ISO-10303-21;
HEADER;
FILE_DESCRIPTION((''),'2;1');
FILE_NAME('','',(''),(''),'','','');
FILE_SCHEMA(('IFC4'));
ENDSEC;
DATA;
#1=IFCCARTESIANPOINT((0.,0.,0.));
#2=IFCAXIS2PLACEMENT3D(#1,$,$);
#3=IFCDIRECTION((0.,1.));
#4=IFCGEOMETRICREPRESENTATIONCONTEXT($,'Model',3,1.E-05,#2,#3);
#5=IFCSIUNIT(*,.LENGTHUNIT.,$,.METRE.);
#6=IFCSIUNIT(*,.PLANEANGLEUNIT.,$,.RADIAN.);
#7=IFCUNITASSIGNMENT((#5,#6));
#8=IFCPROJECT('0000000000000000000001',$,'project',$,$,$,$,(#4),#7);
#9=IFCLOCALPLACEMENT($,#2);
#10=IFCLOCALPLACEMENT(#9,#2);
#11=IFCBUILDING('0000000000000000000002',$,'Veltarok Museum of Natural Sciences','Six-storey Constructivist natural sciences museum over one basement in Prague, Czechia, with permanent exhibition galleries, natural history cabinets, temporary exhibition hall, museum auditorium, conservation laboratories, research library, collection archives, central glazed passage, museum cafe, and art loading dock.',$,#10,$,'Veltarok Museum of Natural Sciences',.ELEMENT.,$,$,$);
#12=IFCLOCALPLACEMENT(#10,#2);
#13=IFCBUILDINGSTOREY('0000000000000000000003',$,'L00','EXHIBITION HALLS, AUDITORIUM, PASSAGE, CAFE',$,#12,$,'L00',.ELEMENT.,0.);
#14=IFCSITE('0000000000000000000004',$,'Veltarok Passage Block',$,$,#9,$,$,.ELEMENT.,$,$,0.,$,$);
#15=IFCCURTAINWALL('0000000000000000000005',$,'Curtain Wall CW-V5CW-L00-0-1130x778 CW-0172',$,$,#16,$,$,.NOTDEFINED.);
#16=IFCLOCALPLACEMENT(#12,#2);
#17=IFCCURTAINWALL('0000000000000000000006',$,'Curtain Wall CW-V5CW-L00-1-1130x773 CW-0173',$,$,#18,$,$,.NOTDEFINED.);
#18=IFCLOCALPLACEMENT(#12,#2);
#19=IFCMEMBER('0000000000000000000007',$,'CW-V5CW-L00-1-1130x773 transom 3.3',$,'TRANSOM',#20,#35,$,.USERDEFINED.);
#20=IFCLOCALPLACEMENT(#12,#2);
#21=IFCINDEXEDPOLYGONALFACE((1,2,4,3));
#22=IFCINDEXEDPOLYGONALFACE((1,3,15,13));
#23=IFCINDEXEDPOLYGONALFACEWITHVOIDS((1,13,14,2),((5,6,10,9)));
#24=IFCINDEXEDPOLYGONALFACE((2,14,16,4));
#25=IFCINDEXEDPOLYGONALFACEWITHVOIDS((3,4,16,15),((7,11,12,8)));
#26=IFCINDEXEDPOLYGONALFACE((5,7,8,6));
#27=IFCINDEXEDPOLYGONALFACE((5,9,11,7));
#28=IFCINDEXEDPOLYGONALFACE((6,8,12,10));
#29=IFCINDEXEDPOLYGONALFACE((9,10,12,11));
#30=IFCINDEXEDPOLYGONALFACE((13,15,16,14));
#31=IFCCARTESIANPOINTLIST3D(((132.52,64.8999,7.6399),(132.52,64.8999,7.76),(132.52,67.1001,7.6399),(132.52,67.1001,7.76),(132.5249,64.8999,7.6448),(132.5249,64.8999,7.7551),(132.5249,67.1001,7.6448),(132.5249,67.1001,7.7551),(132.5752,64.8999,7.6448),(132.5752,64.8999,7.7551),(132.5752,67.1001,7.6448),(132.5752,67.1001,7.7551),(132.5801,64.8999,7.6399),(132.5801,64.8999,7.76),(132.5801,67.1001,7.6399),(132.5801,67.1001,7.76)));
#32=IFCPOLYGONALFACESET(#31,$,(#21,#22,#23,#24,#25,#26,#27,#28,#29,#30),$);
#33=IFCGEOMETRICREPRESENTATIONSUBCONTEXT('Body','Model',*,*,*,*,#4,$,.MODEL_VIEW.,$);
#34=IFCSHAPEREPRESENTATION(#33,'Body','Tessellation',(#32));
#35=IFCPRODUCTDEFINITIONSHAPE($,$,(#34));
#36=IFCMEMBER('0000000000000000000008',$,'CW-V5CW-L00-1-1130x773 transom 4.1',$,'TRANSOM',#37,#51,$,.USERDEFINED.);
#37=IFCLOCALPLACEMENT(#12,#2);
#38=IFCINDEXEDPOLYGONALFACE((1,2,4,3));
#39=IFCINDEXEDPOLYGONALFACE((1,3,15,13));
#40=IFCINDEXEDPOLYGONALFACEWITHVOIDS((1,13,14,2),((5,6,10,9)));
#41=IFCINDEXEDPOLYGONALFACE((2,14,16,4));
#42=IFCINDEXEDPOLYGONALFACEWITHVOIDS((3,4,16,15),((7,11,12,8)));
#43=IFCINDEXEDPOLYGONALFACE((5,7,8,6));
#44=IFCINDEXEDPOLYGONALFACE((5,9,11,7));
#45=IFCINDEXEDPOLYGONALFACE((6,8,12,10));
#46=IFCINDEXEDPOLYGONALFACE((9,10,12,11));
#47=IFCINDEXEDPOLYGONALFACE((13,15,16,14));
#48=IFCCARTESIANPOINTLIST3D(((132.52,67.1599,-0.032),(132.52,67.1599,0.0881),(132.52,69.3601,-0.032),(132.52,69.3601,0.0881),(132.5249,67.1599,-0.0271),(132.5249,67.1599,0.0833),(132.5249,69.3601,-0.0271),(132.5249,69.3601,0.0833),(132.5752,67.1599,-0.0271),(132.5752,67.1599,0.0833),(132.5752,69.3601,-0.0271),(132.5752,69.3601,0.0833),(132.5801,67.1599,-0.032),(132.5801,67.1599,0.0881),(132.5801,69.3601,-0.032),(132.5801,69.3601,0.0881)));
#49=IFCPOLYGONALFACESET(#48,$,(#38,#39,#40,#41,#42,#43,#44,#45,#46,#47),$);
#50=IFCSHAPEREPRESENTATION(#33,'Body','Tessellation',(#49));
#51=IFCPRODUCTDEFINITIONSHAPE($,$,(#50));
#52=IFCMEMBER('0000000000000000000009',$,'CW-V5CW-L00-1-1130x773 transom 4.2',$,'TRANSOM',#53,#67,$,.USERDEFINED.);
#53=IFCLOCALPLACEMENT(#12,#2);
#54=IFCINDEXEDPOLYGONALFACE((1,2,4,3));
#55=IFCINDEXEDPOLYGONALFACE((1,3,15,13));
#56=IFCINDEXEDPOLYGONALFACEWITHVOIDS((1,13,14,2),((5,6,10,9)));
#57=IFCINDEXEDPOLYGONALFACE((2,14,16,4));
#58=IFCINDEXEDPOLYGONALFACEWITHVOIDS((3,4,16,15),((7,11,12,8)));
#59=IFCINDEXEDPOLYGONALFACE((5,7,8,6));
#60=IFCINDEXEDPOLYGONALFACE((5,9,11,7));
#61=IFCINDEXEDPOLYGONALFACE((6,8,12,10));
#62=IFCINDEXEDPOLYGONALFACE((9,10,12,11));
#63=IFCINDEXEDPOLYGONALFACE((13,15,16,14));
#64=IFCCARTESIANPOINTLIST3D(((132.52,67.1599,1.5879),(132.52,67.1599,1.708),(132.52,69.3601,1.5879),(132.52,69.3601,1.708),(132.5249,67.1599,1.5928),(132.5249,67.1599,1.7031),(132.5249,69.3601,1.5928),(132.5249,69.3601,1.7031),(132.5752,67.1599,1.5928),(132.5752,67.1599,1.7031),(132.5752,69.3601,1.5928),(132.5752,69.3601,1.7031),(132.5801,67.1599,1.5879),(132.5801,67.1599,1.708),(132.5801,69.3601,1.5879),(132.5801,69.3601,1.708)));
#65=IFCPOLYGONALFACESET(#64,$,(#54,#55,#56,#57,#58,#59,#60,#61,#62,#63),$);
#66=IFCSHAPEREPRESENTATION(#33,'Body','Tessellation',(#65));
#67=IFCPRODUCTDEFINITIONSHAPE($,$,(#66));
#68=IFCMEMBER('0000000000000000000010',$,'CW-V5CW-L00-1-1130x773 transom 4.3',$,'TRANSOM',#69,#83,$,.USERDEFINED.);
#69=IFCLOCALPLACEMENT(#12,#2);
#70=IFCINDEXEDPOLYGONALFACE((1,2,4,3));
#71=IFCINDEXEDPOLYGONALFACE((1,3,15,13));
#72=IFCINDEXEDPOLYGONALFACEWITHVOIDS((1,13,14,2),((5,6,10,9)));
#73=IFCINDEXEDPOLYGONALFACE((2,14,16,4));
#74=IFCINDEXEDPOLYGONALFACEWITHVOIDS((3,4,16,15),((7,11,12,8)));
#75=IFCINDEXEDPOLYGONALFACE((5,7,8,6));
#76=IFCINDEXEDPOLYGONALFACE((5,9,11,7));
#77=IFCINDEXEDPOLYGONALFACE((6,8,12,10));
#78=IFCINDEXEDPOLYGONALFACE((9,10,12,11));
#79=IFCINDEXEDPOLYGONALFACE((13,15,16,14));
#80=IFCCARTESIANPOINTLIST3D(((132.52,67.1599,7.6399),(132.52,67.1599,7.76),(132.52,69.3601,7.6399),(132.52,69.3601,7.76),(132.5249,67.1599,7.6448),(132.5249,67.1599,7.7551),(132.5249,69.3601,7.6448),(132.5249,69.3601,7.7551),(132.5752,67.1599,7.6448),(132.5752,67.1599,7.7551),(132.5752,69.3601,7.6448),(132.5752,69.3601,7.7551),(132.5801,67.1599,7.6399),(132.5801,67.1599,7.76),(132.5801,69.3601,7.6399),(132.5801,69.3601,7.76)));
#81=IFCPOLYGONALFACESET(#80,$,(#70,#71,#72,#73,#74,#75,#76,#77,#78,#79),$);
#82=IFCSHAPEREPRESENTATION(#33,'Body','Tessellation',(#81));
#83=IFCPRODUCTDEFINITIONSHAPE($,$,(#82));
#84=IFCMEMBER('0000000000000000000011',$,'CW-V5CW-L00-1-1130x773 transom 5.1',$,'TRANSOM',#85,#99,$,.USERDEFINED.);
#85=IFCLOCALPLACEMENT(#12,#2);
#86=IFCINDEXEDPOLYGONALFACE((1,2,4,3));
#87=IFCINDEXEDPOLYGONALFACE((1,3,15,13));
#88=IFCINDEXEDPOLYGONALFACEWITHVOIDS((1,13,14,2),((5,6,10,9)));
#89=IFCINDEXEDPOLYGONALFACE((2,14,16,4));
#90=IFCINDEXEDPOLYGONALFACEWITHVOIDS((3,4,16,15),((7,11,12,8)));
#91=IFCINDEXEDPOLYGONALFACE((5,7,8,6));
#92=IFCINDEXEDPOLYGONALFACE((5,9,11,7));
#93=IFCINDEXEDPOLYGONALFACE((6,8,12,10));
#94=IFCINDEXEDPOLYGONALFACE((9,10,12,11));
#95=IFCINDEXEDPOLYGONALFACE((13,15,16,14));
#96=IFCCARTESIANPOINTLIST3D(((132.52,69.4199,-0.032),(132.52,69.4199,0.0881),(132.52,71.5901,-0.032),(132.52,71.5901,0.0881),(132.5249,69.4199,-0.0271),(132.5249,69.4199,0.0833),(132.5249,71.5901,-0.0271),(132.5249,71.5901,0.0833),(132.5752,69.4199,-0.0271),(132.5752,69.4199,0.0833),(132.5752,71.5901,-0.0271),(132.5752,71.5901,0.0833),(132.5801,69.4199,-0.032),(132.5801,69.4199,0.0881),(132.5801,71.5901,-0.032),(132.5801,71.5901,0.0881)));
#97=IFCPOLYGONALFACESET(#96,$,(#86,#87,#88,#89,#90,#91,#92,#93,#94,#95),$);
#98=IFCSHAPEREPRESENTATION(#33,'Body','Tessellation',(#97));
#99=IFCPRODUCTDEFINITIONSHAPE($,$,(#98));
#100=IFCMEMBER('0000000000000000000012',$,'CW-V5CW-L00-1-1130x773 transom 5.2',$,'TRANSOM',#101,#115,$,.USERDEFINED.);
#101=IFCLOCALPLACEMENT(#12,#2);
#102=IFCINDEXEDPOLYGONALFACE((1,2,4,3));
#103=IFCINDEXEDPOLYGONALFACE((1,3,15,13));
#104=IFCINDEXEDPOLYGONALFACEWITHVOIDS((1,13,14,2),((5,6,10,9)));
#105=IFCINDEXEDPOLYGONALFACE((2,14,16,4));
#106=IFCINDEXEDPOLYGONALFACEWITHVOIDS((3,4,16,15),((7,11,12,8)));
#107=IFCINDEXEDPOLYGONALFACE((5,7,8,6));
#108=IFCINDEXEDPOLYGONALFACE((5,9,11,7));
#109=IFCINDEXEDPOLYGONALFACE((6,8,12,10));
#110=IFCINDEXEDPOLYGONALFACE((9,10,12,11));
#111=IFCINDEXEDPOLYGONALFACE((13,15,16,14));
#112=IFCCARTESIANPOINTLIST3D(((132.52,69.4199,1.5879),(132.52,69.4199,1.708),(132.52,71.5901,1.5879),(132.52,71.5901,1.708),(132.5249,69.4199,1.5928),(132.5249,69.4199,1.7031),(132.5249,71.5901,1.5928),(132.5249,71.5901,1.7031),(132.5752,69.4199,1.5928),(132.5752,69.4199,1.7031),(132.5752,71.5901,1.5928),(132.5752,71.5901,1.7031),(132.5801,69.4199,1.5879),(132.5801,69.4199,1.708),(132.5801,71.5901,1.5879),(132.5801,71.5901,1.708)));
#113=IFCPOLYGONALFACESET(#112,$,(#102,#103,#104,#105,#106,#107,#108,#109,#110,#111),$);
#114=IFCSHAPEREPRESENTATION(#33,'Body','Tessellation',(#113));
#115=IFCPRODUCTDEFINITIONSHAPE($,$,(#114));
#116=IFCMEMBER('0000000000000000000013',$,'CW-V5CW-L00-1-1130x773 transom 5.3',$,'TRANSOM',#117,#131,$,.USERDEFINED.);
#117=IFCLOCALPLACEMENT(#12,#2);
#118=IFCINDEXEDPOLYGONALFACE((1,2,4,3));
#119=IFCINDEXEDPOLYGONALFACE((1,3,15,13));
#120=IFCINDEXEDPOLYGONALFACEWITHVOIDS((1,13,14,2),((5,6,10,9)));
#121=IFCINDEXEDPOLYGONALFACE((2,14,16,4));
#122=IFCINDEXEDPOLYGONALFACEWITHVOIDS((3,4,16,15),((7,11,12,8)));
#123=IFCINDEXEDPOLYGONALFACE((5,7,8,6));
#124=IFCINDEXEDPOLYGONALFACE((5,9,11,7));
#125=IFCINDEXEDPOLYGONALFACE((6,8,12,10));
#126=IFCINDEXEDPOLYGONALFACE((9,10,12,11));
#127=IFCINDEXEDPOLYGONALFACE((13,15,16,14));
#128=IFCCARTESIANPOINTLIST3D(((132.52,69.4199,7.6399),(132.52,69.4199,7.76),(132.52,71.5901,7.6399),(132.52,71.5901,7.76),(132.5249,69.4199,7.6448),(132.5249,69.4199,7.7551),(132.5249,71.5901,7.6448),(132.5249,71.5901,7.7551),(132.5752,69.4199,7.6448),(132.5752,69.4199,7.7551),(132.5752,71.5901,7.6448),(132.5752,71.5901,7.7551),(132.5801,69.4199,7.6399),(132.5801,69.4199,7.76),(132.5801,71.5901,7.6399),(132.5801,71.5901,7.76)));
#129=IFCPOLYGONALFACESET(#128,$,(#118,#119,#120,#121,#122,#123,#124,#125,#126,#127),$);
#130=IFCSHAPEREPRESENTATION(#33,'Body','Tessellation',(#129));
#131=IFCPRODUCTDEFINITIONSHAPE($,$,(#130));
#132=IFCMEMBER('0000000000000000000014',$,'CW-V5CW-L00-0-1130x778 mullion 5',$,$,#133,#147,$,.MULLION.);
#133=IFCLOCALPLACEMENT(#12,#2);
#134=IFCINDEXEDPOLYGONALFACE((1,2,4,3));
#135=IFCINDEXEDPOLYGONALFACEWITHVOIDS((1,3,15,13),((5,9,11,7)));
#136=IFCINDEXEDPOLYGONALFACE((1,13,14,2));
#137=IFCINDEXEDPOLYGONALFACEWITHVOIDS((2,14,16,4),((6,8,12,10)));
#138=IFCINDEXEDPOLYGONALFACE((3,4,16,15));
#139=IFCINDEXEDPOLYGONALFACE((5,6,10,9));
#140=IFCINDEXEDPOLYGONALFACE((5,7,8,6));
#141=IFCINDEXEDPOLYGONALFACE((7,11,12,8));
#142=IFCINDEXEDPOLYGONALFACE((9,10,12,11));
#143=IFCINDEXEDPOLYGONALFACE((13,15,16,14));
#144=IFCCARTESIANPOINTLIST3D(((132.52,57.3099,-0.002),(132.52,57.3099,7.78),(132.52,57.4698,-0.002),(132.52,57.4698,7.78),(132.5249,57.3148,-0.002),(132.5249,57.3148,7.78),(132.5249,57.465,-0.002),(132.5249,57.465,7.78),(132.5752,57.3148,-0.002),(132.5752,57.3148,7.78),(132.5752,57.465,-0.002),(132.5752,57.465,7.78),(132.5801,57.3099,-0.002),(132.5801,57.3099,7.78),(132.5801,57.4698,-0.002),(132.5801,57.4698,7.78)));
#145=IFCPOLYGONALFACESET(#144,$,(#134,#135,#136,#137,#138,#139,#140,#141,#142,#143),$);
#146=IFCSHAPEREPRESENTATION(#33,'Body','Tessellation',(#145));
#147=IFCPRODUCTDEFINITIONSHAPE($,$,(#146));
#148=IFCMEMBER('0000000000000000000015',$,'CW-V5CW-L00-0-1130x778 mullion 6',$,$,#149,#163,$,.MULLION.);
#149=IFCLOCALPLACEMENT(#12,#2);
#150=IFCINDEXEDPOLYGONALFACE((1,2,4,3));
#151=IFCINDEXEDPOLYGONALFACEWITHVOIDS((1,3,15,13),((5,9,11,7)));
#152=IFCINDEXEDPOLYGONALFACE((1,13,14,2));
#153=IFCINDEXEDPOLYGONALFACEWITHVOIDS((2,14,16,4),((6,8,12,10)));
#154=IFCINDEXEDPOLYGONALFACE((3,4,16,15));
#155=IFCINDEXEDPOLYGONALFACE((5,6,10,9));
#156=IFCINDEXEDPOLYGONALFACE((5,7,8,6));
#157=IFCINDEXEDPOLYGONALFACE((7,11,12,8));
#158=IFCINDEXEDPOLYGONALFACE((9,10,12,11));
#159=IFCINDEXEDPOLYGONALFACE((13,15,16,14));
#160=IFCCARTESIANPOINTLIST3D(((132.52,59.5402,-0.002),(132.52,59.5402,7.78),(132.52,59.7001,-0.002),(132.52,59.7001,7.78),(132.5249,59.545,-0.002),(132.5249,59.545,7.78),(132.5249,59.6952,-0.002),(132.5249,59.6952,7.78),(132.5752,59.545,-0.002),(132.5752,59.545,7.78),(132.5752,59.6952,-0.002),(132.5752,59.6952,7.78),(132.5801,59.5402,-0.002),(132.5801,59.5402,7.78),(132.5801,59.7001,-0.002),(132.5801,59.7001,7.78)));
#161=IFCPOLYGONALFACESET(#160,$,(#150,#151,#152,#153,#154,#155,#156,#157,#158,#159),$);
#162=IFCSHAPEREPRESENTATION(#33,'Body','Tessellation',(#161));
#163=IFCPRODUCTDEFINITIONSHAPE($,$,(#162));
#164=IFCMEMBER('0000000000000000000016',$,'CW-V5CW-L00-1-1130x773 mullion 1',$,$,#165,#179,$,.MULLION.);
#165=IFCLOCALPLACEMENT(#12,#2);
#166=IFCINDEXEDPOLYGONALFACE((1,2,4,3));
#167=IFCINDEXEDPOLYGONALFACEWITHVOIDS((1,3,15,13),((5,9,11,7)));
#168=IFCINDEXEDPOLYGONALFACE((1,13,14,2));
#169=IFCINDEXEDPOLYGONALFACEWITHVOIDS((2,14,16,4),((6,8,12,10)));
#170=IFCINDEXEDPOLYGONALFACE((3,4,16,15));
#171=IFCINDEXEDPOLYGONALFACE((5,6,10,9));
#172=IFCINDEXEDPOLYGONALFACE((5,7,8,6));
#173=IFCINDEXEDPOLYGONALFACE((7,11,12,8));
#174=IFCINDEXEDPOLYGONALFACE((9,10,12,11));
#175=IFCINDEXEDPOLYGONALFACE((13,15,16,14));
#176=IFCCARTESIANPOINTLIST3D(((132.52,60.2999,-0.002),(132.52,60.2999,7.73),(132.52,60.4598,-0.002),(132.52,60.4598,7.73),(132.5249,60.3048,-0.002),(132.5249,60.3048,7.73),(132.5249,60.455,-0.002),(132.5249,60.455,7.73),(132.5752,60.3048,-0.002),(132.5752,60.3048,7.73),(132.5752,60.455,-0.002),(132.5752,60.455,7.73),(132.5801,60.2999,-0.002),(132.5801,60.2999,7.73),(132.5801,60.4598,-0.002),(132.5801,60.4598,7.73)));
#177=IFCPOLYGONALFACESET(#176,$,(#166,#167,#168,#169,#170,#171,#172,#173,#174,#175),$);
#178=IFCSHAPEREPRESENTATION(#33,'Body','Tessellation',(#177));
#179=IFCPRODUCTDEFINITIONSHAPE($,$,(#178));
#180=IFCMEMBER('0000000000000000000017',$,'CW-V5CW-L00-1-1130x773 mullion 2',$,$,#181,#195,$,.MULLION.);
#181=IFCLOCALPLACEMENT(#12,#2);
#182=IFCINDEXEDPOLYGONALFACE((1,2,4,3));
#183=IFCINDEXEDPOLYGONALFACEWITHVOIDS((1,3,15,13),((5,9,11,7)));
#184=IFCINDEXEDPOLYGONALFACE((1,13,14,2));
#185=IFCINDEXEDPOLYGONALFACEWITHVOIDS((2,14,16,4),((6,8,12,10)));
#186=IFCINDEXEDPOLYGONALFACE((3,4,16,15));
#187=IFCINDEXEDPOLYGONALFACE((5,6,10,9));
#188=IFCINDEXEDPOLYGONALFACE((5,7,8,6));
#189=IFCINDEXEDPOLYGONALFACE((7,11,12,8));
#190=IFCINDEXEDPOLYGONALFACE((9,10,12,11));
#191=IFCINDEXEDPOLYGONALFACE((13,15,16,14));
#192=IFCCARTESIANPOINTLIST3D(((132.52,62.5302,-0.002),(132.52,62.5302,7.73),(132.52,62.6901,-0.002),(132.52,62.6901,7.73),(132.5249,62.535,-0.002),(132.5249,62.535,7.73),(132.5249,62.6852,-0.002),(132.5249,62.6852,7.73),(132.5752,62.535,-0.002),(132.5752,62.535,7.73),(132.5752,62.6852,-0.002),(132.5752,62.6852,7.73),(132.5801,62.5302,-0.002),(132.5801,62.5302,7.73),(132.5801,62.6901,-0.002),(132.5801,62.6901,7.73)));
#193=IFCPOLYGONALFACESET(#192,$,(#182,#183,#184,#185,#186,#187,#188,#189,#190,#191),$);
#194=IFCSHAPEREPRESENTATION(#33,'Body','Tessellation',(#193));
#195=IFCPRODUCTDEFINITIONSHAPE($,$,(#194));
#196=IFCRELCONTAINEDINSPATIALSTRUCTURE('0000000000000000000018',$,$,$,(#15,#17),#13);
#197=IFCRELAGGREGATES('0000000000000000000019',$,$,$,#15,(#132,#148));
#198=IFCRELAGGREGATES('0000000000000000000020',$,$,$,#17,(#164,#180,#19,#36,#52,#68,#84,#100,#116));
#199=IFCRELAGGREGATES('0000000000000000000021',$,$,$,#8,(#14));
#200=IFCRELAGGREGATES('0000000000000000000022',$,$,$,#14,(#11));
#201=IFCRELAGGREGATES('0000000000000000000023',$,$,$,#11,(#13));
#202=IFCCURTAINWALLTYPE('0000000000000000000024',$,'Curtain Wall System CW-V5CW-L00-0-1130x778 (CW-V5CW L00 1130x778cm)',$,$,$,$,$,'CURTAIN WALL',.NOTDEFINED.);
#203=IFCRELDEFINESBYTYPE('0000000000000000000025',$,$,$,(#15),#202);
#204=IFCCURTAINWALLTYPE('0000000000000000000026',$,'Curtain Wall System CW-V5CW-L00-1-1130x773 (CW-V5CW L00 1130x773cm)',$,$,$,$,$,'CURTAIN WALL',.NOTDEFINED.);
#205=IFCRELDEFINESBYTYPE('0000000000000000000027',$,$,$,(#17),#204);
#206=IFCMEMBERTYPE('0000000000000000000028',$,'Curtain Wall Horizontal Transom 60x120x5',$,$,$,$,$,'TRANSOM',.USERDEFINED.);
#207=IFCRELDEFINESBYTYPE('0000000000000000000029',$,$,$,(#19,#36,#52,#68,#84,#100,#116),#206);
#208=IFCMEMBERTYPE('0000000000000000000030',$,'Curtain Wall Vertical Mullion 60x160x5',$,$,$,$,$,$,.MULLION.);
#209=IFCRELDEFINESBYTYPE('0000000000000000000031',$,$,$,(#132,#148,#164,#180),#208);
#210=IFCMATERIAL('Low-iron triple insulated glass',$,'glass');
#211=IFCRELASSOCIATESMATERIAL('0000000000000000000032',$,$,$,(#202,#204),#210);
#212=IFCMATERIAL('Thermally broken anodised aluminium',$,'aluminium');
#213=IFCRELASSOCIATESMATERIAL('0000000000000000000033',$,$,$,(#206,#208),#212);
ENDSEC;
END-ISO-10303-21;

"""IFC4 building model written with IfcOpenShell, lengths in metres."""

from ifc_helpers import new_model, si_unit, direction, frame, origin, origin_2d, place, context, subcontext, project, spatial, hollow_rectangle, extrude, material, material_profile, profile_set, type_object, element, aggregate, save


model = new_model("IFC4")

# Units and contexts
model_context = context("Model", 3, precision=1e-05, world=origin(), true_north=direction((0.0, 1.0)))
body_context = subcontext(model_context, "Body", "Model", "MODEL_VIEW")
ifc_project = project(units=[si_unit("LENGTHUNIT", "METRE"), si_unit("PLANEANGLEUNIT", "RADIAN")], contexts=[model_context])

# Site, building, storey
site_placement = place(None, origin())
site = spatial("IfcSite", under=ifc_project, at=site_placement, Name="Veltarok Passage Block", CompositionType="ELEMENT", RefElevation=0.0)
building_placement = place(site_placement, origin())
building = spatial("IfcBuilding", under=site, at=building_placement, Name="Veltarok Museum of Natural Sciences", Description="Six-storey Constructivist natural sciences museum over one basement in Prague, Czechia, with permanent exhibition galleries, natural history cabinets, temporary exhibition hall, museum auditorium, conservation laboratories, research library, collection archives, central glazed passage, museum cafe, and art loading dock.", LongName="Veltarok Museum of Natural Sciences", CompositionType="ELEMENT")
storey_placement = place(building_placement, origin())
storey = spatial("IfcBuildingStorey", under=building, at=storey_placement, Name="L00", Description="EXHIBITION HALLS, AUDITORIUM, PASSAGE, CAFE", LongName="L00", CompositionType="ELEMENT", Elevation=0.0)

# Curtain walls, members
ifc_material_1 = material(Name="Low-iron triple insulated glass", Category="glass")
curtain_wall_type_1 = type_object("IfcCurtainWallType", Name="Curtain Wall System CW-V5CW-L00-0-1130x778 (CW-V5CW L00 1130x778cm)", ElementType="CURTAIN WALL", PredefinedType="NOTDEFINED", material=ifc_material_1)
curtain_wall_1_placement = place(storey_placement, origin())
curtain_wall_1 = element("IfcCurtainWall", 1, at=curtain_wall_1_placement, inside=storey, type_object=curtain_wall_type_1, Name="Curtain Wall CW-V5CW-L00-0-1130x778 CW-0172", PredefinedType="NOTDEFINED")
ifc_material_2 = material(Name="Thermally broken anodised aluminium", Category="aluminium")
ifc_material_profile_1 = material_profile(ifc_material_2, hollow_rectangle(XDim=0.0601, YDim=0.1201, WallThickness=0.0049, at=origin_2d()), Name="CW TRANSOM 60x120x5")
ifc_profile_set_1 = profile_set([ifc_material_profile_1], Name="Thermally broken anodised aluminium")
member_type_1 = type_object("IfcMemberType", Name="Curtain Wall Horizontal Transom 60x120x5", ElementType="TRANSOM", PredefinedType="USERDEFINED", material=ifc_profile_set_1)
curtain_wall_type_2 = type_object("IfcCurtainWallType", Name="Curtain Wall System CW-V5CW-L00-1-1130x773 (CW-V5CW L00 1130x773cm)", ElementType="CURTAIN WALL", PredefinedType="NOTDEFINED", material=ifc_material_1)
curtain_wall_2_placement = place(storey_placement, origin())
curtain_wall_2 = element("IfcCurtainWall", 2, at=curtain_wall_2_placement, inside=storey, type_object=curtain_wall_type_2, Name="Curtain Wall CW-V5CW-L00-1-1130x773 CW-0173", PredefinedType="NOTDEFINED")
member_1_placement = place(storey_placement, frame((132.55, 64.8999, 7.7), z_axis=(0.0, 1.0, 0.0), x_axis=(-1.0, 0.0, 0.0)))
member_1 = element("IfcMember", 3, at=member_1_placement, type_object=member_type_1, Name="CW-V5CW-L00-1-1130x773 transom 3.3", ObjectType="TRANSOM", PredefinedType="USERDEFINED", context=body_context, shape_type="SweptSolid", body=[
    extrude(hollow_rectangle(XDim=0.0601, YDim=0.1201, WallThickness=0.0049, at=origin_2d()), origin(), (0.0, 0.0, 1.0), 2.2002),
])
member_2_placement = place(storey_placement, frame((132.55, 67.1599, 0.0281), z_axis=(0.0, 1.0, 0.0), x_axis=(-1.0, 0.0, 0.0)))
member_2 = element("IfcMember", 4, at=member_2_placement, type_object=member_type_1, Name="CW-V5CW-L00-1-1130x773 transom 4.1", ObjectType="TRANSOM", PredefinedType="USERDEFINED", context=body_context, shape_type="SweptSolid", body=[
    extrude(hollow_rectangle(XDim=0.0601, YDim=0.1201, WallThickness=0.0049, at=origin_2d()), origin(), (0.0, 0.0, 1.0), 2.2002),
])
member_3_placement = place(storey_placement, frame((132.55, 67.1599, 1.6479), z_axis=(0.0, 1.0, 0.0), x_axis=(-1.0, 0.0, 0.0)))
member_3 = element("IfcMember", 5, at=member_3_placement, type_object=member_type_1, Name="CW-V5CW-L00-1-1130x773 transom 4.2", ObjectType="TRANSOM", PredefinedType="USERDEFINED", context=body_context, shape_type="SweptSolid", body=[
    extrude(hollow_rectangle(XDim=0.0601, YDim=0.1201, WallThickness=0.0049, at=origin_2d()), origin(), (0.0, 0.0, 1.0), 2.2002),
])
member_4_placement = place(storey_placement, frame((132.55, 67.1599, 7.7), z_axis=(0.0, 1.0, 0.0), x_axis=(-1.0, 0.0, 0.0)))
member_4 = element("IfcMember", 6, at=member_4_placement, type_object=member_type_1, Name="CW-V5CW-L00-1-1130x773 transom 4.3", ObjectType="TRANSOM", PredefinedType="USERDEFINED", context=body_context, shape_type="SweptSolid", body=[
    extrude(hollow_rectangle(XDim=0.0601, YDim=0.1201, WallThickness=0.0049, at=origin_2d()), origin(), (0.0, 0.0, 1.0), 2.2002),
])
member_5_placement = place(storey_placement, frame((132.55, 69.4199, 0.0281), z_axis=(0.0, 1.0, 0.0), x_axis=(-1.0, 0.0, 0.0)))
member_5 = element("IfcMember", 7, at=member_5_placement, type_object=member_type_1, Name="CW-V5CW-L00-1-1130x773 transom 5.1", ObjectType="TRANSOM", PredefinedType="USERDEFINED", context=body_context, shape_type="SweptSolid", body=[
    extrude(hollow_rectangle(XDim=0.0601, YDim=0.1201, WallThickness=0.0049, at=origin_2d()), origin(), (0.0, 0.0, 1.0), 2.1702),
])
member_6_placement = place(storey_placement, frame((132.55, 69.4199, 1.6479), z_axis=(0.0, 1.0, 0.0), x_axis=(-1.0, 0.0, 0.0)))
member_6 = element("IfcMember", 8, at=member_6_placement, type_object=member_type_1, Name="CW-V5CW-L00-1-1130x773 transom 5.2", ObjectType="TRANSOM", PredefinedType="USERDEFINED", context=body_context, shape_type="SweptSolid", body=[
    extrude(hollow_rectangle(XDim=0.0601, YDim=0.1201, WallThickness=0.0049, at=origin_2d()), origin(), (0.0, 0.0, 1.0), 2.1702),
])
member_7_placement = place(storey_placement, frame((132.55, 69.4199, 7.7), z_axis=(0.0, 1.0, 0.0), x_axis=(-1.0, 0.0, 0.0)))
member_7 = element("IfcMember", 9, at=member_7_placement, type_object=member_type_1, Name="CW-V5CW-L00-1-1130x773 transom 5.3", ObjectType="TRANSOM", PredefinedType="USERDEFINED", context=body_context, shape_type="SweptSolid", body=[
    extrude(hollow_rectangle(XDim=0.0601, YDim=0.1201, WallThickness=0.0049, at=origin_2d()), origin(), (0.0, 0.0, 1.0), 2.1702),
])

# Members
ifc_material_profile_2 = material_profile(ifc_material_2, hollow_rectangle(XDim=0.0601, YDim=0.1599, WallThickness=0.0049, at=origin_2d()), Name="CW MULLION 60x160x5")
ifc_profile_set_2 = profile_set([ifc_material_profile_2], Name="Thermally broken anodised aluminium")
member_type_2 = type_object("IfcMemberType", Name="Curtain Wall Vertical Mullion 60x160x5", PredefinedType="MULLION", material=ifc_profile_set_2)
member_8_placement = place(storey_placement, frame((132.55, 57.3899, -0.002), z_axis=(0.0, 0.0, 1.0), x_axis=(-1.0, 0.0, 0.0)))
member_8 = element("IfcMember", 10, at=member_8_placement, type_object=member_type_2, Name="CW-V5CW-L00-0-1130x778 mullion 5", PredefinedType="MULLION", context=body_context, shape_type="SweptSolid", body=[
    extrude(hollow_rectangle(XDim=0.0601, YDim=0.1599, WallThickness=0.0049, at=origin_2d()), origin(), (0.0, 0.0, 1.0), 7.782),
])
member_9_placement = place(storey_placement, frame((132.55, 59.6201, -0.002), z_axis=(0.0, 0.0, 1.0), x_axis=(-1.0, 0.0, 0.0)))
member_9 = element("IfcMember", 11, at=member_9_placement, type_object=member_type_2, Name="CW-V5CW-L00-0-1130x778 mullion 6", PredefinedType="MULLION", context=body_context, shape_type="SweptSolid", body=[
    extrude(hollow_rectangle(XDim=0.0601, YDim=0.1599, WallThickness=0.0049, at=origin_2d()), origin(), (0.0, 0.0, 1.0), 7.782),
])
member_10_placement = place(storey_placement, frame((132.55, 60.3799, -0.002), z_axis=(0.0, 0.0, 1.0), x_axis=(-1.0, 0.0, 0.0)))
member_10 = element("IfcMember", 12, at=member_10_placement, type_object=member_type_2, Name="CW-V5CW-L00-1-1130x773 mullion 1", PredefinedType="MULLION", context=body_context, shape_type="SweptSolid", body=[
    extrude(hollow_rectangle(XDim=0.0601, YDim=0.1599, WallThickness=0.0049, at=origin_2d()), origin(), (0.0, 0.0, 1.0), 7.7319),
])
member_11_placement = place(storey_placement, frame((132.55, 62.6101, -0.002), z_axis=(0.0, 0.0, 1.0), x_axis=(-1.0, 0.0, 0.0)))
member_11 = element("IfcMember", 13, at=member_11_placement, type_object=member_type_2, Name="CW-V5CW-L00-1-1130x773 mullion 2", PredefinedType="MULLION", context=body_context, shape_type="SweptSolid", body=[
    extrude(hollow_rectangle(XDim=0.0601, YDim=0.1599, WallThickness=0.0049, at=origin_2d()), origin(), (0.0, 0.0, 1.0), 7.7319),
])

aggregate(curtain_wall_1, [member_8, member_9])
aggregate(curtain_wall_2, [member_10, member_11, member_1, member_2, member_3, member_4, member_5, member_6, member_7])

save(model, "model.ifc")
